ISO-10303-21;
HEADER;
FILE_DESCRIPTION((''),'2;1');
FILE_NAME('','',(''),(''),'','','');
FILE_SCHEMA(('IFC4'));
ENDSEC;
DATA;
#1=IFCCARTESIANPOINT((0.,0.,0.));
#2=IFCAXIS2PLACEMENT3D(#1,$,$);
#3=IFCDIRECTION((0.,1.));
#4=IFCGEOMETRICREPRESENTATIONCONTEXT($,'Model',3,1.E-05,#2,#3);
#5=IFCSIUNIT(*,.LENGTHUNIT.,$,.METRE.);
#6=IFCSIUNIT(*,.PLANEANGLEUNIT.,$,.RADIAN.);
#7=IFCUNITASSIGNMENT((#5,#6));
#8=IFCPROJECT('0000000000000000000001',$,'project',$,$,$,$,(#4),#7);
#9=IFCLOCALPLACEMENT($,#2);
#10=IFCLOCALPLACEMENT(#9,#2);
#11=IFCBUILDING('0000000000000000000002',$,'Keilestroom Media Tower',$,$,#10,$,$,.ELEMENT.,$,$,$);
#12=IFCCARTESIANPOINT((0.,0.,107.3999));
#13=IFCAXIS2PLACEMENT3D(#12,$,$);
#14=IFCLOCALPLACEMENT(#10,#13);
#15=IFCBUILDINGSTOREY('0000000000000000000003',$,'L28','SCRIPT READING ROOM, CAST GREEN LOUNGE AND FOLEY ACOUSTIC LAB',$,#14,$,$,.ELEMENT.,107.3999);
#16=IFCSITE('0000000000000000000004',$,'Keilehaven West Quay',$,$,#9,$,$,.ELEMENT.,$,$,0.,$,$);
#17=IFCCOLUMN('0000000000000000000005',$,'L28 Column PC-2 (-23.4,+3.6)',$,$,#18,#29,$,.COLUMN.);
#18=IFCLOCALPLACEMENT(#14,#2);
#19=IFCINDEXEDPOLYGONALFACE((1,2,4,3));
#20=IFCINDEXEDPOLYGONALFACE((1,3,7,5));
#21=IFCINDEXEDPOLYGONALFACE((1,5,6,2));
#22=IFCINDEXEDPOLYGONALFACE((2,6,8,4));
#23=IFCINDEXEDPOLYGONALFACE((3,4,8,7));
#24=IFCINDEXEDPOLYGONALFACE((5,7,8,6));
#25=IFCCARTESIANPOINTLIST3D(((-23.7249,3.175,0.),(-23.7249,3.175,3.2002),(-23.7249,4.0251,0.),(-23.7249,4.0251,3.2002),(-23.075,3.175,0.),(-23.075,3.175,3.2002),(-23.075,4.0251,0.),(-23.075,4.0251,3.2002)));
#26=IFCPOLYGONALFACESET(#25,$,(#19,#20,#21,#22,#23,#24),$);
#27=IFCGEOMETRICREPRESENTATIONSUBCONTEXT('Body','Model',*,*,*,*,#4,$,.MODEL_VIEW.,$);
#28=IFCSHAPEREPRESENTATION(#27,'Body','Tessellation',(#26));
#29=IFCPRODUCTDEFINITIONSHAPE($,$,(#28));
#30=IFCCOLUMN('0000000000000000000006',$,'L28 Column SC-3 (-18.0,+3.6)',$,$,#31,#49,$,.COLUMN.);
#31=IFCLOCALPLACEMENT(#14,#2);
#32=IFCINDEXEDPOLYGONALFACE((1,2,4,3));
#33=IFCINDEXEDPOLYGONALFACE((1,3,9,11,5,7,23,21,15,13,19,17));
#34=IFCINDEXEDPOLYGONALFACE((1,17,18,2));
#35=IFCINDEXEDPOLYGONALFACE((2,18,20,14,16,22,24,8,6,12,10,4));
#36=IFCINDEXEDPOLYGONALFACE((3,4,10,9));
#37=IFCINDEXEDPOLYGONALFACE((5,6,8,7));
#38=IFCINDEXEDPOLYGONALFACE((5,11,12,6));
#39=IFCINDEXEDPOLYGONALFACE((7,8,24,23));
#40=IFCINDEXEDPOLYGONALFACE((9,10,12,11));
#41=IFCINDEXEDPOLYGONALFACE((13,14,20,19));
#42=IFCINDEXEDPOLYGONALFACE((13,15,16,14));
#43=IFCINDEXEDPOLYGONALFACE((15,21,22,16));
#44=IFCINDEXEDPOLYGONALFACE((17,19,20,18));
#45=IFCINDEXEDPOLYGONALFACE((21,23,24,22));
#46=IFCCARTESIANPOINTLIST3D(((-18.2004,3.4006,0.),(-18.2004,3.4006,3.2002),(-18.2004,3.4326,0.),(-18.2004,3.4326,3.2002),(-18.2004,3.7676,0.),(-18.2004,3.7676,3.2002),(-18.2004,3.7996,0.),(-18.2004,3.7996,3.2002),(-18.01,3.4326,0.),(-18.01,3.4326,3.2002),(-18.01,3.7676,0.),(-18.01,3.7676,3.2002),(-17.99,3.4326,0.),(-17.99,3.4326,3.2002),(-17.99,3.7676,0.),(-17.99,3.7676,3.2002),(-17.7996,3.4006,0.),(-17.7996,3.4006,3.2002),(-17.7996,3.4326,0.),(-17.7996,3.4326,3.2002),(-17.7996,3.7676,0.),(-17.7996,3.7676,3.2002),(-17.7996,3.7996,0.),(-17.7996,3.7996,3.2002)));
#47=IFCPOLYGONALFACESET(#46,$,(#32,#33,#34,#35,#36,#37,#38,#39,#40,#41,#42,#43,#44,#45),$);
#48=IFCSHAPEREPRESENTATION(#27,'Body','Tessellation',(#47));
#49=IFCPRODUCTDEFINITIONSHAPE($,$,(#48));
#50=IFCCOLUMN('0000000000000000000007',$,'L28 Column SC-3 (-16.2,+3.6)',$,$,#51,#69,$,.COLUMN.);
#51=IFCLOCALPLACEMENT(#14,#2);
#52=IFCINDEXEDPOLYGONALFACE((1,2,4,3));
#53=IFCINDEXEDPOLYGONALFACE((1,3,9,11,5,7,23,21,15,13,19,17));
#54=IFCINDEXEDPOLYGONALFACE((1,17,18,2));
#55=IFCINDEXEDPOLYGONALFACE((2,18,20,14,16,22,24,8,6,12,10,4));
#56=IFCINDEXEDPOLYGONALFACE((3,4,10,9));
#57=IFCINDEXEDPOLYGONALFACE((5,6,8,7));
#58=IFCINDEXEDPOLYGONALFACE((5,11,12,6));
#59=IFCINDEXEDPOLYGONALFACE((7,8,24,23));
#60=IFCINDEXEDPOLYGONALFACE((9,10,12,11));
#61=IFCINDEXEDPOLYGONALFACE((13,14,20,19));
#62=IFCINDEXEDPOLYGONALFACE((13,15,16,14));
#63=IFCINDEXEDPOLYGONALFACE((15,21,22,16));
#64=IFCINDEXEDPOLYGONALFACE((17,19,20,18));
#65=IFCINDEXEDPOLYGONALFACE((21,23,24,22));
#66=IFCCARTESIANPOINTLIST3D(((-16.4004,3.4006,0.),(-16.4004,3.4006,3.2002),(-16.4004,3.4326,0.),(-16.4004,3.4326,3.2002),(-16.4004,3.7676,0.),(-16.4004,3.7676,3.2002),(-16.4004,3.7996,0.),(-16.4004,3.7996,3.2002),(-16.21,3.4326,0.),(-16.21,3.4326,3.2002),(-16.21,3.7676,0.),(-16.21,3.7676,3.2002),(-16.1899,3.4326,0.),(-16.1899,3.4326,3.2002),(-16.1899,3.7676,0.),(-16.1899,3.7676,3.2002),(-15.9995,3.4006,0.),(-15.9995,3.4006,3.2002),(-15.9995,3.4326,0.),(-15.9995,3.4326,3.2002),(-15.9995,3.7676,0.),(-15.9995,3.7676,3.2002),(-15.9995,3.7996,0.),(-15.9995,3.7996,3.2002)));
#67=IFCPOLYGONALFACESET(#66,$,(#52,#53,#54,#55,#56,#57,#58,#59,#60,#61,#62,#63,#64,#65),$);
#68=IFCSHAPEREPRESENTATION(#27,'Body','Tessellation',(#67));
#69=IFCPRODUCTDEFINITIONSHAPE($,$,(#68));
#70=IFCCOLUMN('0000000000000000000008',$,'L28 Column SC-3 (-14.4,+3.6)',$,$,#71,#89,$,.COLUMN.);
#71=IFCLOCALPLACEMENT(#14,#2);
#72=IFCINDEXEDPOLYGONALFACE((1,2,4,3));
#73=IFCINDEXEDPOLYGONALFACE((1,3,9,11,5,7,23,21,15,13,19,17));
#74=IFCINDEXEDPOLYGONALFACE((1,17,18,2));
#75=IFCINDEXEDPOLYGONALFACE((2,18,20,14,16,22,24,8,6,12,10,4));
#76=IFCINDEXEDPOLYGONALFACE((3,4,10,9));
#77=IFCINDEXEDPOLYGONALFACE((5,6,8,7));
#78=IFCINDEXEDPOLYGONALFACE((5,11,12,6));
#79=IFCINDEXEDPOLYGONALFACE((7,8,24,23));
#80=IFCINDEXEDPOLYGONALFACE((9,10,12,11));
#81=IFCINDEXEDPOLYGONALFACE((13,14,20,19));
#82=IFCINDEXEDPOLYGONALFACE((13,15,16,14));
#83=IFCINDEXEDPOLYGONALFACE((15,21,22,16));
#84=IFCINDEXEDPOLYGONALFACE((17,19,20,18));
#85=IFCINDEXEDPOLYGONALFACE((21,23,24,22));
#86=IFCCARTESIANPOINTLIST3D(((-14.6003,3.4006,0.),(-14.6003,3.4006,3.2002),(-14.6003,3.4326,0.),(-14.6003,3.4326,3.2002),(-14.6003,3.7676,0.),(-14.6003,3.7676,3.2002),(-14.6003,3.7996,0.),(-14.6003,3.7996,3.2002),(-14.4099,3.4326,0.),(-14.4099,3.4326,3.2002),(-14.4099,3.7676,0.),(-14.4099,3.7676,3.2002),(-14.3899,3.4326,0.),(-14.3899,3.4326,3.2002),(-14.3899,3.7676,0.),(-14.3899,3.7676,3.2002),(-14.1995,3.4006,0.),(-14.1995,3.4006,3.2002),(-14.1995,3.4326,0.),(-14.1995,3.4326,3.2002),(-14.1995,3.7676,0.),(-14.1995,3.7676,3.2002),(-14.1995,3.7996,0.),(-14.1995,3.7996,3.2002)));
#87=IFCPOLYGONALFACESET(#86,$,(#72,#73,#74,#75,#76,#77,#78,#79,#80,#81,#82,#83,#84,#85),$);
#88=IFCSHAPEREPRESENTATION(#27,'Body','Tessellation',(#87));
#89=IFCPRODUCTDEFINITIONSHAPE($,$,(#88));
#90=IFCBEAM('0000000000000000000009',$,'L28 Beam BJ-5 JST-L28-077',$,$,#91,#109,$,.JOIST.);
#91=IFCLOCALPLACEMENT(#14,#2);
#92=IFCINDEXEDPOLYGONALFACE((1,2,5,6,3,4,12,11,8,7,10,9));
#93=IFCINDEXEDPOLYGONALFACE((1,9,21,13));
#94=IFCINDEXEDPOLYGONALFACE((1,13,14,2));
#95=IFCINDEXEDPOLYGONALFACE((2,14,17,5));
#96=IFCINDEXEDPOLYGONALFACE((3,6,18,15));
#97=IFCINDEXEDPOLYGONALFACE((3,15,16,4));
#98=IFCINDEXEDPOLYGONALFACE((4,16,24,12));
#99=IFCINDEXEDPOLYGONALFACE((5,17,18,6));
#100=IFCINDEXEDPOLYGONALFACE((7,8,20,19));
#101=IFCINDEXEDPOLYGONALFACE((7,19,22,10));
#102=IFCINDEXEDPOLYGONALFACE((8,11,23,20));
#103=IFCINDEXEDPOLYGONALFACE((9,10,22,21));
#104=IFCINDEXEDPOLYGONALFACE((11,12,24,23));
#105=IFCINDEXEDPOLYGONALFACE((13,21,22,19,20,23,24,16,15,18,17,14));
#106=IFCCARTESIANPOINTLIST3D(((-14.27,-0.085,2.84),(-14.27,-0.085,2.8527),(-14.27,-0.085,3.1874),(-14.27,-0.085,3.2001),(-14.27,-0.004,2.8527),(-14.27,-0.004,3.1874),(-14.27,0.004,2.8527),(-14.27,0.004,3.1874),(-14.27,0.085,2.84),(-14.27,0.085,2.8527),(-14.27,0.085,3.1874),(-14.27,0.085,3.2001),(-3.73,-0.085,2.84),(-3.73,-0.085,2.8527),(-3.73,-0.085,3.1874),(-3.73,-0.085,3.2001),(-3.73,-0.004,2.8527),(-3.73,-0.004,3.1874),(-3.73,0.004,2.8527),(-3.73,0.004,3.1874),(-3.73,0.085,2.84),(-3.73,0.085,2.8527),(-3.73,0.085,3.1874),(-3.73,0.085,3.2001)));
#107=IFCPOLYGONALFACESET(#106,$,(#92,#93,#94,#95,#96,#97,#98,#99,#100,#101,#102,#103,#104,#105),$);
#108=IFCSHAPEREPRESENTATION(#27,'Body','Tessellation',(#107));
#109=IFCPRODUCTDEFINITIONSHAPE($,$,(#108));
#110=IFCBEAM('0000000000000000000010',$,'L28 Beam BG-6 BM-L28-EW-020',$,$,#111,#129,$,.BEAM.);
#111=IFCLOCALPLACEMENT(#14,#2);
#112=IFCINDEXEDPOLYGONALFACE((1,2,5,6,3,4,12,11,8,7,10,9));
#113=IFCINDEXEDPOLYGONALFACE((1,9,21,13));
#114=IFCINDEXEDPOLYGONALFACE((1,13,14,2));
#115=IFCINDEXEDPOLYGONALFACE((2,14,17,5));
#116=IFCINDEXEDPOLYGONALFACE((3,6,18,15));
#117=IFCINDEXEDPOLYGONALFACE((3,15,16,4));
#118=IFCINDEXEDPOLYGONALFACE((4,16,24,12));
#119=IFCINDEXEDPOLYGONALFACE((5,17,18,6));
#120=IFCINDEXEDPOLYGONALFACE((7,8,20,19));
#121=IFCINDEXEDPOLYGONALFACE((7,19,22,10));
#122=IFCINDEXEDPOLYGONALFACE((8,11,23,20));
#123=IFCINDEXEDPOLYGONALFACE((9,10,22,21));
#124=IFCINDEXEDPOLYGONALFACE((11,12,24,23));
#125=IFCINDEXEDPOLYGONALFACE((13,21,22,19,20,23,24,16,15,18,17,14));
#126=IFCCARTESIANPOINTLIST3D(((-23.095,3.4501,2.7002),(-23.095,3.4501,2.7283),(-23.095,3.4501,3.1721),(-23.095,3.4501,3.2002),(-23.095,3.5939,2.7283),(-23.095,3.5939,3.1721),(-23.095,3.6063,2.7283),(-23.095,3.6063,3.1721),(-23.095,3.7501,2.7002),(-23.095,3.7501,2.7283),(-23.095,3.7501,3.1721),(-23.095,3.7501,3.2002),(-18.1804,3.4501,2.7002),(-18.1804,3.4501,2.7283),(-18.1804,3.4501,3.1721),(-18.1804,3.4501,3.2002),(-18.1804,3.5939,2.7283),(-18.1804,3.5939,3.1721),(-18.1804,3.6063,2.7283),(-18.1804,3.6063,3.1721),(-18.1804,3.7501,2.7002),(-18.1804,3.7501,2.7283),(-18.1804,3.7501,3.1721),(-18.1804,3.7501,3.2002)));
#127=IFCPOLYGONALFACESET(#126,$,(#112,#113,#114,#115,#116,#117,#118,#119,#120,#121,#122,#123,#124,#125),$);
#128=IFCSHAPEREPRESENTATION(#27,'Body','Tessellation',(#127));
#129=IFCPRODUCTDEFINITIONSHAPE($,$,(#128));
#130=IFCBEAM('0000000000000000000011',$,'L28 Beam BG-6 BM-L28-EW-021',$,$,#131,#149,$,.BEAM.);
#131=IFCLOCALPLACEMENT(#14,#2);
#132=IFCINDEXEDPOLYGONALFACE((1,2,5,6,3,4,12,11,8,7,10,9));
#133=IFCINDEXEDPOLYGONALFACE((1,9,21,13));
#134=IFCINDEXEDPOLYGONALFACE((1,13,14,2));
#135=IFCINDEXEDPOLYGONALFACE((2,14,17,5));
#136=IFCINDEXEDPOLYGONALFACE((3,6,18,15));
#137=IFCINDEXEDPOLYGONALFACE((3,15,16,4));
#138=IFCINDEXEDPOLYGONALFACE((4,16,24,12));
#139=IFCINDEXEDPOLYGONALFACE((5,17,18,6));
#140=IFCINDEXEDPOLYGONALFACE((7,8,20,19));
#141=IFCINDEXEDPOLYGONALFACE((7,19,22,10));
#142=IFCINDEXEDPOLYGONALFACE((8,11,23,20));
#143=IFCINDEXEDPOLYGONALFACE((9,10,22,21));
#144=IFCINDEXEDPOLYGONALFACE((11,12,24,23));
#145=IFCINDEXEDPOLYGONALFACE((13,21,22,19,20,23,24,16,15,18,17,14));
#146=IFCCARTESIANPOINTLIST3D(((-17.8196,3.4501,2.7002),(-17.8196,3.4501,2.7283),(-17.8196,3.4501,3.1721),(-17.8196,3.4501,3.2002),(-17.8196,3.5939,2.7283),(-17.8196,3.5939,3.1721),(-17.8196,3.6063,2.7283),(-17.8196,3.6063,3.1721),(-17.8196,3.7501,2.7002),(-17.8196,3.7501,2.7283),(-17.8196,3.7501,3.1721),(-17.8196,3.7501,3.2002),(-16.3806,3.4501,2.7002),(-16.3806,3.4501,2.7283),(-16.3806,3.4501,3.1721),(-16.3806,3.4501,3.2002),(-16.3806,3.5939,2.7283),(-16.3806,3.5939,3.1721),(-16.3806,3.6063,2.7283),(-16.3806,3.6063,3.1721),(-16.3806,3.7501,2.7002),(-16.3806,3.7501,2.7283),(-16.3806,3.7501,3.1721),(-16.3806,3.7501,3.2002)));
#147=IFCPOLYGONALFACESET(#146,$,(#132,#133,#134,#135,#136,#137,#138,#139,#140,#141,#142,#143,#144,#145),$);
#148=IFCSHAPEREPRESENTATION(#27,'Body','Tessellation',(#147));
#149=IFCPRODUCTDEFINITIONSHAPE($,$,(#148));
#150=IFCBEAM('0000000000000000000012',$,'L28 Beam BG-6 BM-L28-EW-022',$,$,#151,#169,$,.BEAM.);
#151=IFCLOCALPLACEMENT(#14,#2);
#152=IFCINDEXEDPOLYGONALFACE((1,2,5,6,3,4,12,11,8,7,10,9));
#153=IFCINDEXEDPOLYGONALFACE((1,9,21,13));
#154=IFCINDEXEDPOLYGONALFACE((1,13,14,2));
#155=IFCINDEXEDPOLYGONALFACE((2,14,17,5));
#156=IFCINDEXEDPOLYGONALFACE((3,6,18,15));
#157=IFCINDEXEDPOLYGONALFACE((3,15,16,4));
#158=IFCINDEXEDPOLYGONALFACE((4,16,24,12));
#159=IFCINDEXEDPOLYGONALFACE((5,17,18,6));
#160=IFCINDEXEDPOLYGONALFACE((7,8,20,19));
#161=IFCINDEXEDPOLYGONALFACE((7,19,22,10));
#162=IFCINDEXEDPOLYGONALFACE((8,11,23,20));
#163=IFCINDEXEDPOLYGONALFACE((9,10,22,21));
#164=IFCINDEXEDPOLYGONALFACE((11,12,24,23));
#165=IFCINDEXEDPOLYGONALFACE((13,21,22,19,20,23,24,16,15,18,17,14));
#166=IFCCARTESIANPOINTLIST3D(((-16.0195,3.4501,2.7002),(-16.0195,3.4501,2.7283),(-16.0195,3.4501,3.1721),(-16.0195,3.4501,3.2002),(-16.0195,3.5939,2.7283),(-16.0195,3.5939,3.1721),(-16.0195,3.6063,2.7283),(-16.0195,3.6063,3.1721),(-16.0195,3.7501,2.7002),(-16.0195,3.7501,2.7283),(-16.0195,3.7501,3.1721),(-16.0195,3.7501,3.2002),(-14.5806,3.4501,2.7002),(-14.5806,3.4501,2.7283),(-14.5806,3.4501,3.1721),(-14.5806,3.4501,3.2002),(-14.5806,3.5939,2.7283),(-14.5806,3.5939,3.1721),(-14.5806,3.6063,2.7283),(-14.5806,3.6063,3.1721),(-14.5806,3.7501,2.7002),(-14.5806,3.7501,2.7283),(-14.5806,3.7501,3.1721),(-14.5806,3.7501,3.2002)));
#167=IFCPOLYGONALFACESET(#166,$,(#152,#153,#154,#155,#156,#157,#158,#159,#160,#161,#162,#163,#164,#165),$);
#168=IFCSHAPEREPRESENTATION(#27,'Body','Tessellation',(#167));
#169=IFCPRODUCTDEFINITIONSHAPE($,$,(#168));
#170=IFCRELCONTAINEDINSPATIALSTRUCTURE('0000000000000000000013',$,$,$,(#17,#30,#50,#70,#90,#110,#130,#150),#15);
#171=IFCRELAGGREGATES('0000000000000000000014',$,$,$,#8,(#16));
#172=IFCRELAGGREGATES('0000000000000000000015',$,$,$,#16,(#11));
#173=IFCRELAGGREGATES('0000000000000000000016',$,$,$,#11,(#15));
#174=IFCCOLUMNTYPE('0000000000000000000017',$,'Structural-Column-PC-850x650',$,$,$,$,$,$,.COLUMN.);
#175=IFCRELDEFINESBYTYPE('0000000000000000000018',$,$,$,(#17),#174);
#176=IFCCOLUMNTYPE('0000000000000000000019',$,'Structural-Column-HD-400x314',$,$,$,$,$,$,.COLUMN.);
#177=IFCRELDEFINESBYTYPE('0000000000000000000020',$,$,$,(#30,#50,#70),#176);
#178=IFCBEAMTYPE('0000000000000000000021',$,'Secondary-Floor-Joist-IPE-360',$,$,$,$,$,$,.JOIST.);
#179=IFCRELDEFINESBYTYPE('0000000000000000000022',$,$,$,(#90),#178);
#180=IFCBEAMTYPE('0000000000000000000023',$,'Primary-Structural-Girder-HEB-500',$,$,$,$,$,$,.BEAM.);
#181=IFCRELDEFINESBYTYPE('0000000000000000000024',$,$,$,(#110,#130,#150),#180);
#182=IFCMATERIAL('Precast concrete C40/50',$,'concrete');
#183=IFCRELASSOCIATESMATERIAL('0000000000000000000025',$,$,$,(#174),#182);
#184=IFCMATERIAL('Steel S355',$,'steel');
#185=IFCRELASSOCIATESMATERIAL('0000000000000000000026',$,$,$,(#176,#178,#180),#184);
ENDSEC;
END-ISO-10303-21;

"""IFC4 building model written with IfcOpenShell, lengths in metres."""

from ifc_helpers import new_model, si_unit, direction, frame, origin, origin_2d, place, context, subcontext, project, spatial, rectangle, i_section, extrude, source, transform, mapped, material, material_profile, profile_set, type_object, element, save


model = new_model("IFC4")

# Units and contexts
model_context = context("Model", 3, precision=1e-05, world=origin(), true_north=direction((0.0, 1.0)))
body_context = subcontext(model_context, "Body", "Model", "MODEL_VIEW")
ifc_project = project(units=[si_unit("LENGTHUNIT", "METRE"), si_unit("PLANEANGLEUNIT", "RADIAN")], contexts=[model_context])

# Site, building, storey
site_placement = place(None, origin())
site = spatial("IfcSite", under=ifc_project, at=site_placement, Name="Keilehaven West Quay", CompositionType="ELEMENT", RefElevation=0.0)
building_placement = place(site_placement, origin())
building = spatial("IfcBuilding", under=site, at=building_placement, Name="Keilestroom Media Tower", CompositionType="ELEMENT")
storey_placement = place(building_placement, frame((0.0, 0.0, 107.3999)))
storey = spatial("IfcBuildingStorey", under=building, at=storey_placement, Name="L28", Description="SCRIPT READING ROOM, CAST GREEN LOUNGE AND FOLEY ACOUSTIC LAB", CompositionType="ELEMENT", Elevation=107.3999)

# Columns
ifc_material_1 = material(Name="Precast concrete C40/50", Category="concrete")
ifc_material_profile_1 = material_profile(ifc_material_1, rectangle(XDim=0.6499, YDim=0.8501, at=origin_2d()), Name="PC 850x650")
ifc_profile_set_1 = profile_set([ifc_material_profile_1], Name="Precast concrete C40/50")
column_type_1 = type_object("IfcColumnType", Name="Structural-Column-PC-850x650", PredefinedType="COLUMN", material=ifc_profile_set_1)
shared_shape_1 = source(origin(), body_context, "Body", "SweptSolid", [
    extrude(rectangle(XDim=0.6499, YDim=0.8501, at=origin_2d()), origin(), (0.0, 0.0, 1.0), 3.2002),
])
column_placement = place(storey_placement, frame((-23.3999, 3.6001, 0.0), z_axis=(0.0, 0.0, 1.0), x_axis=(1.0, 0.0, 0.0)))
element("IfcColumn", 1, at=column_placement, inside=storey, type_object=column_type_1, Name="L28 Column PC-2 (-23.4,+3.6)", PredefinedType="COLUMN", context=body_context, shape_type="MappedRepresentation", body=[
    mapped(shared_shape_1, transform((0.0, 0.0, 0.0), x_axis=(1.0, 0.0, 0.0), y_axis=(0.0, 1.0, 0.0), z_axis=(0.0, 0.0, 1.0), scale=1.0)),
])
ifc_material_2 = material(Name="Steel S355", Category="steel")
ifc_material_profile_2 = material_profile(ifc_material_2, i_section(OverallWidth=0.4009, OverallDepth=0.3989, WebThickness=0.02, FlangeThickness=0.032, at=origin_2d()), Name="HD 400x314")
ifc_profile_set_2 = profile_set([ifc_material_profile_2], Name="Steel S355")
column_type_2 = type_object("IfcColumnType", Name="Structural-Column-HD-400x314", PredefinedType="COLUMN", material=ifc_profile_set_2)
shared_shape_2 = source(origin(), body_context, "Body", "SweptSolid", [
    extrude(i_section(OverallWidth=0.4009, OverallDepth=0.3989, WebThickness=0.02, FlangeThickness=0.032, at=origin_2d()), origin(), (0.0, 0.0, 1.0), 3.2002),
])
for number, where, z_axis, x_axis, name in (
    (2, (-18.0, 3.6001, 0.0), (0.0, 0.0, 1.0), (1.0, 0.0, 0.0), "L28 Column SC-3 (-18.0,+3.6)"),
    (3, (-16.2, 3.6001, 0.0), (0.0, 0.0, 1.0), (1.0, 0.0, 0.0), "L28 Column SC-3 (-16.2,+3.6)"),
    (4, (-14.3999, 3.6001, 0.0), (0.0, 0.0, 1.0), (1.0, 0.0, 0.0), "L28 Column SC-3 (-14.4,+3.6)"),
):
    element("IfcColumn", number, at=place(storey_placement, frame(where, z_axis=z_axis, x_axis=x_axis)), inside=storey, type_object=column_type_2, Name=name, PredefinedType="COLUMN", context=body_context, shape_type="MappedRepresentation", body=[
        mapped(shared_shape_2, transform((0.0, 0.0, 0.0), x_axis=(1.0, 0.0, 0.0), y_axis=(0.0, 1.0, 0.0), z_axis=(0.0, 0.0, 1.0), scale=1.0)),
    ])

# Beams
ifc_material_profile_3 = material_profile(ifc_material_2, i_section(OverallWidth=0.1699, OverallDepth=0.3601, WebThickness=0.0081, FlangeThickness=0.0127, at=origin_2d()), Name="IPE 360")
ifc_profile_set_3 = profile_set([ifc_material_profile_3], Name="Steel S355")
beam_type_1 = type_object("IfcBeamType", Name="Secondary-Floor-Joist-IPE-360", PredefinedType="JOIST", material=ifc_profile_set_3)
shared_shape_3 = source(origin(), body_context, "Body", "SweptSolid", [
    extrude(i_section(OverallWidth=0.1699, OverallDepth=0.3601, WebThickness=0.0081, FlangeThickness=0.0127, at=origin_2d()), origin(), (0.0, 0.0, 1.0), 10.54),
])
beam_1_placement = place(storey_placement, frame((-14.27, 0.0, 3.02), z_axis=(1.0, 0.0, 0.0), x_axis=(0.0, 1.0, 0.0)))
element("IfcBeam", 5, at=beam_1_placement, inside=storey, type_object=beam_type_1, Name="L28 Beam BJ-5 JST-L28-077", PredefinedType="JOIST", context=body_context, shape_type="MappedRepresentation", body=[
    mapped(shared_shape_3, transform((0.0, 0.0, 0.0), x_axis=(1.0, 0.0, 0.0), y_axis=(0.0, 1.0, 0.0), z_axis=(0.0, 0.0, 1.0), scale=1.0)),
])
ifc_material_profile_4 = material_profile(ifc_material_2, i_section(OverallWidth=0.3, OverallDepth=0.5, WebThickness=0.0125, FlangeThickness=0.0281, at=origin_2d()), Name="HEB 500")
ifc_profile_set_4 = profile_set([ifc_material_profile_4], Name="Steel S355")
beam_type_2 = type_object("IfcBeamType", Name="Primary-Structural-Girder-HEB-500", PredefinedType="BEAM", material=ifc_profile_set_4)
shared_shape_4 = source(origin(), body_context, "Body", "SweptSolid", [
    extrude(i_section(OverallWidth=0.3, OverallDepth=0.5, WebThickness=0.0125, FlangeThickness=0.0281, at=origin_2d()), origin(), (0.0, 0.0, 1.0), 4.9146),
])
beam_2_placement = place(storey_placement, frame((-23.095, 3.6001, 2.9502), z_axis=(1.0, 0.0, 0.0), x_axis=(0.0, 1.0, 0.0)))
element("IfcBeam", 6, at=beam_2_placement, inside=storey, type_object=beam_type_2, Name="L28 Beam BG-6 BM-L28-EW-020", PredefinedType="BEAM", context=body_context, shape_type="MappedRepresentation", body=[
    mapped(shared_shape_4, transform((0.0, 0.0, 0.0), x_axis=(1.0, 0.0, 0.0), y_axis=(0.0, 1.0, 0.0), z_axis=(0.0, 0.0, 1.0), scale=1.0)),
])
shared_shape_5 = source(origin(), body_context, "Body", "SweptSolid", [
    extrude(i_section(OverallWidth=0.3, OverallDepth=0.5, WebThickness=0.0125, FlangeThickness=0.0281, at=origin_2d()), origin(), (0.0, 0.0, 1.0), 1.439),
])
for number, where, z_axis, x_axis, name in (
    (7, (-17.8196, 3.6001, 2.9502), (1.0, 0.0, 0.0), (0.0, 1.0, 0.0), "L28 Beam BG-6 BM-L28-EW-021"),
    (8, (-16.0195, 3.6001, 2.9502), (1.0, 0.0, 0.0), (0.0, 1.0, 0.0), "L28 Beam BG-6 BM-L28-EW-022"),
):
    element("IfcBeam", number, at=place(storey_placement, frame(where, z_axis=z_axis, x_axis=x_axis)), inside=storey, type_object=beam_type_2, Name=name, PredefinedType="BEAM", context=body_context, shape_type="MappedRepresentation", body=[
        mapped(shared_shape_5, transform((0.0, 0.0, 0.0), x_axis=(1.0, 0.0, 0.0), y_axis=(0.0, 1.0, 0.0), z_axis=(0.0, 0.0, 1.0), scale=1.0)),
    ])

save(model, "model.ifc")
